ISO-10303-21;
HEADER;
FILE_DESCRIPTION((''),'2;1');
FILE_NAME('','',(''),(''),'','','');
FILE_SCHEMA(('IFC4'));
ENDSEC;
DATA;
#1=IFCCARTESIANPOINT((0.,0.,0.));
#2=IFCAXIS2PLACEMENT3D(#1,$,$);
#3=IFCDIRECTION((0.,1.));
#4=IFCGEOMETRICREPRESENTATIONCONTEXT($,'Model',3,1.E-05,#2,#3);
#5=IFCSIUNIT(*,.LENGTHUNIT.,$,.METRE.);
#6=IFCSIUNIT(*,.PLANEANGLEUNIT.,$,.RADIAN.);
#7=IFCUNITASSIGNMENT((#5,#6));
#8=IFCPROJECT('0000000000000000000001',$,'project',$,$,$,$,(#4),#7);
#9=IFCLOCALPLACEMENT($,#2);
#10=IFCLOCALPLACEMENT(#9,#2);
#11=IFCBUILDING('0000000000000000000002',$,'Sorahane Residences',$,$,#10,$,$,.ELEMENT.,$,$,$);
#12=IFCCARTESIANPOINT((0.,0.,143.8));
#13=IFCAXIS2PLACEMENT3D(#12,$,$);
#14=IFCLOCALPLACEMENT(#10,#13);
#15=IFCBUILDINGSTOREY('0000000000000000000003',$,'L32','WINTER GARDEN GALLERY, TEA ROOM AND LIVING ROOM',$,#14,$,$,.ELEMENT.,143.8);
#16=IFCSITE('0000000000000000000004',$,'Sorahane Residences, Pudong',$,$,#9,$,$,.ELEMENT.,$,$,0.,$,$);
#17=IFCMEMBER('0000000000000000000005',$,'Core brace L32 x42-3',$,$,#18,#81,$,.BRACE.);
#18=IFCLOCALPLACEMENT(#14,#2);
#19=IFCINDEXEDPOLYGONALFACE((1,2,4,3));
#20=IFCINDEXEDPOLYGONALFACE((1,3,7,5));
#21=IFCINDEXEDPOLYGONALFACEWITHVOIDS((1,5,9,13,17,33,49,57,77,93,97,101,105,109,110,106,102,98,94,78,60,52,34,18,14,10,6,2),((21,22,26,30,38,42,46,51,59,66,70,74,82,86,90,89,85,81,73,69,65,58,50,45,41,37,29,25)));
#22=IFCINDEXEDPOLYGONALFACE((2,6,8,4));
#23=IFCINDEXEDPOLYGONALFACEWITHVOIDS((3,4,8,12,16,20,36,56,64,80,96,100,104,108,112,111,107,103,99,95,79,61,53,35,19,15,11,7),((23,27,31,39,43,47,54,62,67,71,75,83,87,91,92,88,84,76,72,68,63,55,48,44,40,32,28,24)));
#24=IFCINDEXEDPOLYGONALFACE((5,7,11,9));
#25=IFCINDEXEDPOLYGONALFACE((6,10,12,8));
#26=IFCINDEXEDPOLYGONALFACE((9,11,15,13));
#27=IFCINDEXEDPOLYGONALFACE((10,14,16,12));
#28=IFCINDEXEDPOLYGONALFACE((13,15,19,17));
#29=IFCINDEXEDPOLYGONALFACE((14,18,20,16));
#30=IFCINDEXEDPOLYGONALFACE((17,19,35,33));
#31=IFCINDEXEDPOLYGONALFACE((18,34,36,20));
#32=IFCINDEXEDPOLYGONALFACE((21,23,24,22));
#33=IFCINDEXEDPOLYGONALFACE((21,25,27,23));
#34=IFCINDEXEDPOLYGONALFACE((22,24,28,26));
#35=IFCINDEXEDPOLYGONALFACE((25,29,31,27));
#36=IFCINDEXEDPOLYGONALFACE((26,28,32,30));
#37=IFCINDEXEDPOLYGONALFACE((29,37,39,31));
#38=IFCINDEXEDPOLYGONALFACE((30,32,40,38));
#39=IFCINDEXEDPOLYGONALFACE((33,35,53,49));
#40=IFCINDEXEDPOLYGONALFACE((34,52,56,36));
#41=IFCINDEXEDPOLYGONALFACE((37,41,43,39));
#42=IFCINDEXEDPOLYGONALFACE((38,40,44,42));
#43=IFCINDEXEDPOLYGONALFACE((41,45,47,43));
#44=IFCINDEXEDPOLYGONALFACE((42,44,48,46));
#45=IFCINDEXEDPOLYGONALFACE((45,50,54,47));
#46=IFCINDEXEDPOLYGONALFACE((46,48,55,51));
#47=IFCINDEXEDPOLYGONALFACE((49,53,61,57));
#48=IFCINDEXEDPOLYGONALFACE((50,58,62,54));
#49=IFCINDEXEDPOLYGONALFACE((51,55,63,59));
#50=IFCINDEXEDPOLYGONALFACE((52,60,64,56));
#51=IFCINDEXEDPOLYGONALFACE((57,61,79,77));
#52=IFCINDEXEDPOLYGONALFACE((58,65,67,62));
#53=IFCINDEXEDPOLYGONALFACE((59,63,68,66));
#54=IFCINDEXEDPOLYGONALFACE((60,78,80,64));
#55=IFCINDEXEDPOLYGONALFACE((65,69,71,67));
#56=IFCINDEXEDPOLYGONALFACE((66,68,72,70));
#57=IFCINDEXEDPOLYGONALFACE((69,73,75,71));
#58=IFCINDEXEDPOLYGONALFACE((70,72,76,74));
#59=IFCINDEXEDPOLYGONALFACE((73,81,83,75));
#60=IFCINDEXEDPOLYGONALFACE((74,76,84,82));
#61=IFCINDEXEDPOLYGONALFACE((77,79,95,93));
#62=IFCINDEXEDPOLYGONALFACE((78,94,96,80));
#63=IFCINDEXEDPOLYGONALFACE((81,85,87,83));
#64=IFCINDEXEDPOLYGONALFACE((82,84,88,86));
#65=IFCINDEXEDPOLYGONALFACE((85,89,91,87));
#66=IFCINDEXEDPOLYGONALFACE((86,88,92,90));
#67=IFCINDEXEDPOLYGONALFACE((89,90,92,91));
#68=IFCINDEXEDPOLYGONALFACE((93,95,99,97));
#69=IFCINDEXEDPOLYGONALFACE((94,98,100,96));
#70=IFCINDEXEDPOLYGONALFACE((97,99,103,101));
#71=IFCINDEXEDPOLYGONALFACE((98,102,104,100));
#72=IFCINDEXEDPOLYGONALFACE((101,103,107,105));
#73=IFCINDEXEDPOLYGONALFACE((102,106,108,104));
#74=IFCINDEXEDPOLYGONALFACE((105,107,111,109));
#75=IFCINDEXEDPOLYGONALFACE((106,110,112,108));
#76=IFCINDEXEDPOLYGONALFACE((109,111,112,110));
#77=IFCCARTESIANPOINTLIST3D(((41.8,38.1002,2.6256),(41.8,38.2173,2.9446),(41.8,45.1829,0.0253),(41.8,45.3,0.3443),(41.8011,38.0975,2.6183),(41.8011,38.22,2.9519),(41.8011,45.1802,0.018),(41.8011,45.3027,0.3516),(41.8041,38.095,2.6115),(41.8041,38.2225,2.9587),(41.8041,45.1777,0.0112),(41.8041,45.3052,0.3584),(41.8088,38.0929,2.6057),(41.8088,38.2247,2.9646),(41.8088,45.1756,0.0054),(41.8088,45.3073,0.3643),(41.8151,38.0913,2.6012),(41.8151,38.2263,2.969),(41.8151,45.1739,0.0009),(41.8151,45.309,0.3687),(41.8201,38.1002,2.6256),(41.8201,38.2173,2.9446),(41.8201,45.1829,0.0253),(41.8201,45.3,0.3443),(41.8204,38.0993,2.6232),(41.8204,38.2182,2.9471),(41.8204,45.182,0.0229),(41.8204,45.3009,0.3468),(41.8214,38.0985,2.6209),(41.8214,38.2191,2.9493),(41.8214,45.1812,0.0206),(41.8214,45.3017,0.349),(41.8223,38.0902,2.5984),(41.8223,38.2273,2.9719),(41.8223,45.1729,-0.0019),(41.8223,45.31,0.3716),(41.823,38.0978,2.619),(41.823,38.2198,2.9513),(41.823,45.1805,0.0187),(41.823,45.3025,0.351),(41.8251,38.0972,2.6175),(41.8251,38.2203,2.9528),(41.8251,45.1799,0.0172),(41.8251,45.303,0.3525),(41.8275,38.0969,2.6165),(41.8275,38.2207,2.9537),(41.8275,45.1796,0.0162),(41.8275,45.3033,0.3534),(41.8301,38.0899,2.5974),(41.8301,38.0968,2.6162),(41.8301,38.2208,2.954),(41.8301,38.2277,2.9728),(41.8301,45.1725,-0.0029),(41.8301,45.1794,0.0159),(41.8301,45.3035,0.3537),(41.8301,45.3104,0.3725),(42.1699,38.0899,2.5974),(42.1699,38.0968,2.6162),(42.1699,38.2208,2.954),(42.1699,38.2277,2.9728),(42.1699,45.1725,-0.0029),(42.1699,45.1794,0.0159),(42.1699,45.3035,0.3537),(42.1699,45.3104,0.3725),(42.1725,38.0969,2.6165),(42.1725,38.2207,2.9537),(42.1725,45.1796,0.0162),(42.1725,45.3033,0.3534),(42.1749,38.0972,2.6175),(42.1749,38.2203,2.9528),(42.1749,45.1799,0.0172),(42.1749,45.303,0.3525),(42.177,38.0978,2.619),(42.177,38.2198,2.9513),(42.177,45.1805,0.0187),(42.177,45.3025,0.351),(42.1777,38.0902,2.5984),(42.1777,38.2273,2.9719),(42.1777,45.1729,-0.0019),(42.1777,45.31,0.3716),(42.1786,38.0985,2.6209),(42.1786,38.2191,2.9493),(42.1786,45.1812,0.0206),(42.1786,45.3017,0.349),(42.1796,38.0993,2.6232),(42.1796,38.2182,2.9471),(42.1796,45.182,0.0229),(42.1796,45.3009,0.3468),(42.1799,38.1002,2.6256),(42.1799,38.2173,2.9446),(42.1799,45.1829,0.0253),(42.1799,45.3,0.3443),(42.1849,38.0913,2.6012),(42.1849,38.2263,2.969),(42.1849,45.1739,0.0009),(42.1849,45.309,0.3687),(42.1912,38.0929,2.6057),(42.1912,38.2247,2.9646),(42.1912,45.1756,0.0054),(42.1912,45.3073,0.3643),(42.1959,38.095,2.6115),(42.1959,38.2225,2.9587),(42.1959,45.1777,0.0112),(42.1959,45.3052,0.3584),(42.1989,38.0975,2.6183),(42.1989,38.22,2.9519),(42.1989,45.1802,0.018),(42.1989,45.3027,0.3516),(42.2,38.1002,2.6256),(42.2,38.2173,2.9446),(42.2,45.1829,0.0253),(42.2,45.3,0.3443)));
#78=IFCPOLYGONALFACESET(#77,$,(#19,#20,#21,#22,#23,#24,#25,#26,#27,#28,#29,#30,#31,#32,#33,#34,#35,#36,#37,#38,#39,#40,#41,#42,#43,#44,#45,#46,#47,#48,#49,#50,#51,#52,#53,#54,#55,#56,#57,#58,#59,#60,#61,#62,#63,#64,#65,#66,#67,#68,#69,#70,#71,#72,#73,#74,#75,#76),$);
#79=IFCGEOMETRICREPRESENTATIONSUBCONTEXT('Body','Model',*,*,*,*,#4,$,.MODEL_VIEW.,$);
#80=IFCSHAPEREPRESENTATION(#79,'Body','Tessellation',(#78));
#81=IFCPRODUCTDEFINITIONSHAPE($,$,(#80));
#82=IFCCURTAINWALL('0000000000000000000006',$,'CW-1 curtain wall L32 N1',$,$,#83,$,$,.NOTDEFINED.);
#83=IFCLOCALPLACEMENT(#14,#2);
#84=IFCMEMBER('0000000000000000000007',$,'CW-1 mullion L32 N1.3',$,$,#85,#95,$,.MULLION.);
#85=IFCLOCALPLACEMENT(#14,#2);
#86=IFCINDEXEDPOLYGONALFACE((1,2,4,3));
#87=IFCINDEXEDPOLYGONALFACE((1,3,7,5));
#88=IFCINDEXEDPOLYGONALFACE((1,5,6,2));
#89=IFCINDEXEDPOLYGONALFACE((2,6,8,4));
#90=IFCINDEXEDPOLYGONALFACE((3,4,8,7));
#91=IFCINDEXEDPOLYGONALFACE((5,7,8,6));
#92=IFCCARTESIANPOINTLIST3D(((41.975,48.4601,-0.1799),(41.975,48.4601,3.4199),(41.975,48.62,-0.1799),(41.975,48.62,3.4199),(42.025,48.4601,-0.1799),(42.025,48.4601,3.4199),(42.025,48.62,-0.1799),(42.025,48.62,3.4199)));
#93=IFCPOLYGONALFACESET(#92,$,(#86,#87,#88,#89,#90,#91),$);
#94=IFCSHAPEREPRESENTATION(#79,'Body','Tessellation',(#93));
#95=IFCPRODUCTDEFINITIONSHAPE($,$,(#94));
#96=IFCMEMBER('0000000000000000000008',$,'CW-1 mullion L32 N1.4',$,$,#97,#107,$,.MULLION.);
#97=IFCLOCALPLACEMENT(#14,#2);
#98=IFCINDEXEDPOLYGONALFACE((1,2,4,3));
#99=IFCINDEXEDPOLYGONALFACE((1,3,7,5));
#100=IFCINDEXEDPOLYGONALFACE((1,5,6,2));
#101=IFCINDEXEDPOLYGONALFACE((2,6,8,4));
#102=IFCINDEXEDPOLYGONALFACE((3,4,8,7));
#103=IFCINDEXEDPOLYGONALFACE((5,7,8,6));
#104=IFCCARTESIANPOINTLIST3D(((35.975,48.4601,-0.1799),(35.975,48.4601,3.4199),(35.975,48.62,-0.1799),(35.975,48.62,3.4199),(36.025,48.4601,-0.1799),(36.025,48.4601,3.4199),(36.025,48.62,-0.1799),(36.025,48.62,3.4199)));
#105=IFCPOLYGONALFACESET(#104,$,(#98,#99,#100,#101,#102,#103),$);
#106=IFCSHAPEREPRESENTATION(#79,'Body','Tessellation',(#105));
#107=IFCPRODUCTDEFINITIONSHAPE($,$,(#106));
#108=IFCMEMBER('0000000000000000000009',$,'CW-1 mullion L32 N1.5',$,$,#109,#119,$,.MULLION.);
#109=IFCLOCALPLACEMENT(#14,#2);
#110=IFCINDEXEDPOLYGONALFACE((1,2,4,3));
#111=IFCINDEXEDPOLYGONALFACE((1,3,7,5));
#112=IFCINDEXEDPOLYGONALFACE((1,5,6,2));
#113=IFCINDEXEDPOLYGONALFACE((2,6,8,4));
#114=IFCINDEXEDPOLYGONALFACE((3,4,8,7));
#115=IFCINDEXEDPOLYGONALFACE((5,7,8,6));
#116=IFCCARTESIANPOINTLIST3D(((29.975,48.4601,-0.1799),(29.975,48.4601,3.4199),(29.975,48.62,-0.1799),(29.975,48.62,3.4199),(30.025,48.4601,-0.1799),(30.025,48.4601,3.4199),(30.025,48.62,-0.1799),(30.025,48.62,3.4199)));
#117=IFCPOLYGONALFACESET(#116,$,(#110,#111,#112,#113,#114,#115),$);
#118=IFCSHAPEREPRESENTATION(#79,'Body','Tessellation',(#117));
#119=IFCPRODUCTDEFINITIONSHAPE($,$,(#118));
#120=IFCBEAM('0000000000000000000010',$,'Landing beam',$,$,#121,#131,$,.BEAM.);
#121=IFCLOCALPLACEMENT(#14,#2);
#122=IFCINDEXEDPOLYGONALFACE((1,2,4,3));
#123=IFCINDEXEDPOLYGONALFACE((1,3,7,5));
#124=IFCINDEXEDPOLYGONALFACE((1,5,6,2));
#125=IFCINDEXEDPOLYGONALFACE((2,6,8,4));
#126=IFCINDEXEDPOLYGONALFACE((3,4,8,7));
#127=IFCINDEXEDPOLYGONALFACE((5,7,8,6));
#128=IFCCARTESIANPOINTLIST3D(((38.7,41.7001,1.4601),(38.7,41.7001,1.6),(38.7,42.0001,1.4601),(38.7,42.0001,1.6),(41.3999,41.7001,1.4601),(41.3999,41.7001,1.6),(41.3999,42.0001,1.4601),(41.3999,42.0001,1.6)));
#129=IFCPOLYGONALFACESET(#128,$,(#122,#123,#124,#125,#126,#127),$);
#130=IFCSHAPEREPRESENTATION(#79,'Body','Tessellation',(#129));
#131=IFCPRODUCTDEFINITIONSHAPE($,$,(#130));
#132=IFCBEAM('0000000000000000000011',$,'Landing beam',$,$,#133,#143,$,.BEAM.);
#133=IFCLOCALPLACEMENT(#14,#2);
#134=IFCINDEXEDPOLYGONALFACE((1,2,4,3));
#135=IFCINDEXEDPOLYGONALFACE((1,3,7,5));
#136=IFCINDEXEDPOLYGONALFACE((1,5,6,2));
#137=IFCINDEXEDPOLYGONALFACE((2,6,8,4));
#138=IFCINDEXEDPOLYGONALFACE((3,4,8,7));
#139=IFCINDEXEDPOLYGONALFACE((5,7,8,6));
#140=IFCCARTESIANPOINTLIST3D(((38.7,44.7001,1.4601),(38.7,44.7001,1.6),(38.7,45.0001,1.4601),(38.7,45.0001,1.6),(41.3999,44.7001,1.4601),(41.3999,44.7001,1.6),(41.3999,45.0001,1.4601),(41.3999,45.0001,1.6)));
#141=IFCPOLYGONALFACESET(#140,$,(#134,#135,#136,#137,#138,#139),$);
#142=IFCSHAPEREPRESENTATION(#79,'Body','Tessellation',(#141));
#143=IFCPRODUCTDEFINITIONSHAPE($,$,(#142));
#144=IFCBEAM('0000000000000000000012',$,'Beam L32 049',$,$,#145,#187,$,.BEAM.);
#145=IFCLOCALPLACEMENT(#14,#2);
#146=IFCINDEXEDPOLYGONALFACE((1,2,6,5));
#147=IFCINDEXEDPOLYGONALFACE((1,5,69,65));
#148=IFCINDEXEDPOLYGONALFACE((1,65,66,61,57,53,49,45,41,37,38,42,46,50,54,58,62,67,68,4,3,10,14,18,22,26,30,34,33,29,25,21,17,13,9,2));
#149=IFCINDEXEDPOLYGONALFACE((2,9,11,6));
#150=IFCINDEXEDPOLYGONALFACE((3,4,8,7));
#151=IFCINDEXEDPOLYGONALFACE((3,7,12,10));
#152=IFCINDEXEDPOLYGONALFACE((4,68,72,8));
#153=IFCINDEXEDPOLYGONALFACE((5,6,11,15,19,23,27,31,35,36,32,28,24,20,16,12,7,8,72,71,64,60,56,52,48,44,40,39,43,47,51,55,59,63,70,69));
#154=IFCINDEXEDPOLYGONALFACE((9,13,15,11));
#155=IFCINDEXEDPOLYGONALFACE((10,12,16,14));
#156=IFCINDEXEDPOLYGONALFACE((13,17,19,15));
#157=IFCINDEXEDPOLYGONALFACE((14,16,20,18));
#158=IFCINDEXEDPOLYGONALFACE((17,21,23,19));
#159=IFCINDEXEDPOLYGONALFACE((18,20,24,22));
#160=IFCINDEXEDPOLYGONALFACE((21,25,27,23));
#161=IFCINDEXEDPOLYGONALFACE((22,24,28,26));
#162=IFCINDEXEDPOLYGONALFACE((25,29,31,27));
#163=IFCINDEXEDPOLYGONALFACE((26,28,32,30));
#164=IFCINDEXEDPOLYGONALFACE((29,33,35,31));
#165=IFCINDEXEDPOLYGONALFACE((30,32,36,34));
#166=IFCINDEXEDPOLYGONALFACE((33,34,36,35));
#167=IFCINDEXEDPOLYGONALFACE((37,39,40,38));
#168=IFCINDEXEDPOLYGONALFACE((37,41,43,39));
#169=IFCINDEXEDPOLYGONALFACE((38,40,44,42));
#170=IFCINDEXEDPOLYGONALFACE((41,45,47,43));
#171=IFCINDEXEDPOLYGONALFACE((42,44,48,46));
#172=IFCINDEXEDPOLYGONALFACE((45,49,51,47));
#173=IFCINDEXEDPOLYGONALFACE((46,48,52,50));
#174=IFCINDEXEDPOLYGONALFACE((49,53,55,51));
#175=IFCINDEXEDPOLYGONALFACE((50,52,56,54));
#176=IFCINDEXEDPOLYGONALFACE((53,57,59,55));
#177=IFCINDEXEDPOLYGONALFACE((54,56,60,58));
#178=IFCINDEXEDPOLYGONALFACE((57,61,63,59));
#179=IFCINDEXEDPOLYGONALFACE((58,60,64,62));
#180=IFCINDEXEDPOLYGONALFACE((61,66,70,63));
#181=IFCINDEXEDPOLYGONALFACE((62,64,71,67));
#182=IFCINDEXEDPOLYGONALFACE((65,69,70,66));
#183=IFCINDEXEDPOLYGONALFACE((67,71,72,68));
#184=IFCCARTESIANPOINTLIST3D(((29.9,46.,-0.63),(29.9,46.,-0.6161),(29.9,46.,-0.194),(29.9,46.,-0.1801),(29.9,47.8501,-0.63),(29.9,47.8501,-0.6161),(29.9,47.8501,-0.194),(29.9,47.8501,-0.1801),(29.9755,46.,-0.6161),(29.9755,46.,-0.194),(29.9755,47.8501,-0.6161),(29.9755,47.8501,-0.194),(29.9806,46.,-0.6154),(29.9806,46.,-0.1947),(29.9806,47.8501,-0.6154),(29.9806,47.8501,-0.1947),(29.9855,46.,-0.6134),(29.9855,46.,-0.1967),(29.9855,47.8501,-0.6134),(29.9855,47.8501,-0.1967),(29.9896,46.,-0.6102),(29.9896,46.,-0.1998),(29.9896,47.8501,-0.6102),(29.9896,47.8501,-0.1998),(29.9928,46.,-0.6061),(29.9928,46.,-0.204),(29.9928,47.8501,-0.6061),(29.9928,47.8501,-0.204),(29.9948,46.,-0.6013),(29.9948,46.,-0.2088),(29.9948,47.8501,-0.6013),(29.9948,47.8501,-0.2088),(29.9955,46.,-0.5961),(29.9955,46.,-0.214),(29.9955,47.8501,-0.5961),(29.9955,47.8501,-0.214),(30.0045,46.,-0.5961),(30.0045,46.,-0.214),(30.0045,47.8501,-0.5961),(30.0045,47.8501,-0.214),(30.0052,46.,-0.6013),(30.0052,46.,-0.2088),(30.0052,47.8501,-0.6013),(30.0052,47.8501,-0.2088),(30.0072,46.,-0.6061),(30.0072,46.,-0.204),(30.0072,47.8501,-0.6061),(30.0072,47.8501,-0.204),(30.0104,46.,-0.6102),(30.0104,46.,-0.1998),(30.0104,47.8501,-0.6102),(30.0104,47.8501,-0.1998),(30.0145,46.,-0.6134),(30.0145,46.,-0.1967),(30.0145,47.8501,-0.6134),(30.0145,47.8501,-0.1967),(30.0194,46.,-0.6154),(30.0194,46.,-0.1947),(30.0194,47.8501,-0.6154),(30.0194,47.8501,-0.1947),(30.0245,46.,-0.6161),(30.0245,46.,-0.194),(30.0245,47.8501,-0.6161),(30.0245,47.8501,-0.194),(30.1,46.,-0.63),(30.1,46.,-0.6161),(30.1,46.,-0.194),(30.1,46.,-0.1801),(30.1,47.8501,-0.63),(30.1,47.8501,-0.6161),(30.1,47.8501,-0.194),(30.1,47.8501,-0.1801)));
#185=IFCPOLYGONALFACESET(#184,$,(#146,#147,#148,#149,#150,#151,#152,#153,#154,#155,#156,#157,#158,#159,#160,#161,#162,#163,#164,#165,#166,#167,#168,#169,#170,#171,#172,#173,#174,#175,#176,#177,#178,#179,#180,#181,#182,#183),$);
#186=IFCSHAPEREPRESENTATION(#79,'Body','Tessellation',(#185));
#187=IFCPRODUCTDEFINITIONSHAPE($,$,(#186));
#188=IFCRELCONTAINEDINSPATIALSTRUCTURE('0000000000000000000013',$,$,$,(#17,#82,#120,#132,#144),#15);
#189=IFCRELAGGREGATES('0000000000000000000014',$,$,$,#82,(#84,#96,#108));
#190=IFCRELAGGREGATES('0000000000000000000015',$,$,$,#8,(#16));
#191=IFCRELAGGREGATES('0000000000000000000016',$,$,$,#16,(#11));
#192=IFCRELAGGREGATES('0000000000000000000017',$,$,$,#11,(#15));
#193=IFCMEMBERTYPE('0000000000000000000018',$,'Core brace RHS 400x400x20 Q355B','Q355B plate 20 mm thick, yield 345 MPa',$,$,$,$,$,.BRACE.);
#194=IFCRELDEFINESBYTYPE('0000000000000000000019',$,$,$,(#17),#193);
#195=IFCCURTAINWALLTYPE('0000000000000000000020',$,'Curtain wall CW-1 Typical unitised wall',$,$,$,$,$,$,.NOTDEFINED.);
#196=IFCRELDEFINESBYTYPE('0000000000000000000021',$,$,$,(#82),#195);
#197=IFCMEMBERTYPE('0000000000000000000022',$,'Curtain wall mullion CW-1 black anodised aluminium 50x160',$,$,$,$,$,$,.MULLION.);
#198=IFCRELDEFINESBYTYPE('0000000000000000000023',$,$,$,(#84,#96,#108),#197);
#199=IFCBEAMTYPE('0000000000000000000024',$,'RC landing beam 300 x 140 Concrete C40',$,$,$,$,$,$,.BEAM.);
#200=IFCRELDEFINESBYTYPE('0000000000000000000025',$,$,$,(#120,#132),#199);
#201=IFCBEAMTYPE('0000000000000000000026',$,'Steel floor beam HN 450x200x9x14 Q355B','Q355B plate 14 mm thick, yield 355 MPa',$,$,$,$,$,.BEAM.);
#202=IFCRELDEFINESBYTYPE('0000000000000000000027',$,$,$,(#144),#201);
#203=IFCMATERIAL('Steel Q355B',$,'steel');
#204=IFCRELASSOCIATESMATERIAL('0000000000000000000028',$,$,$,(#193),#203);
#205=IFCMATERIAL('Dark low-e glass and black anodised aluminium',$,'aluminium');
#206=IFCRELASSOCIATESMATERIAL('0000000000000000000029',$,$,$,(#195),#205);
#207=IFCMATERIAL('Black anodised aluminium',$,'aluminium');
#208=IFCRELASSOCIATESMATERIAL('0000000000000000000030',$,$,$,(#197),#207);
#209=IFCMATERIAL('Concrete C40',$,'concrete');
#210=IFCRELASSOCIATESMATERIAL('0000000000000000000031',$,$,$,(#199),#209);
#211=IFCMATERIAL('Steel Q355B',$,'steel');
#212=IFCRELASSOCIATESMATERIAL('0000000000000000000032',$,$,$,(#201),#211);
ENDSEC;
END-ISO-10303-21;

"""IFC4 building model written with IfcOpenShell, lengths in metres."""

from ifc_helpers import new_model, si_unit, direction, frame, origin, origin_2d, place, context, subcontext, project, spatial, rectangle, hollow_rectangle, i_section, extrude, material, material_profile, profile_set, type_object, element, aggregate, save


model = new_model("IFC4")

# Units and contexts
model_context = context("Model", 3, precision=1e-05, world=origin(), true_north=direction((0.0, 1.0)))
body_context = subcontext(model_context, "Body", "Model", "MODEL_VIEW")
ifc_project = project(units=[si_unit("LENGTHUNIT", "METRE"), si_unit("PLANEANGLEUNIT", "RADIAN")], contexts=[model_context])

# Site, building, storey
site_placement = place(None, origin())
site = spatial("IfcSite", under=ifc_project, at=site_placement, Name="Sorahane Residences, Pudong", CompositionType="ELEMENT", RefElevation=0.0)
building_placement = place(site_placement, origin())
building = spatial("IfcBuilding", under=site, at=building_placement, Name="Sorahane Residences", CompositionType="ELEMENT")
storey_placement = place(building_placement, frame((0.0, 0.0, 143.8)))
storey = spatial("IfcBuildingStorey", under=building, at=storey_placement, Name="L32", Description="WINTER GARDEN GALLERY, TEA ROOM AND LIVING ROOM", CompositionType="ELEMENT", Elevation=143.8)

# Member
ifc_material_1 = material(Name="Steel Q355B", Category="steel")
ifc_material_profile_1 = material_profile(ifc_material_1, hollow_rectangle(XDim=0.3999, YDim=0.3999, WallThickness=0.02, InnerFilletRadius=0.01, OuterFilletRadius=0.03, at=origin_2d()), Name="RHS 400x400x20")
ifc_profile_set_1 = profile_set([ifc_material_profile_1], Name="Steel Q355B")
member_type_1 = type_object("IfcMemberType", Name="Core brace RHS 400x400x20 Q355B", Description="Q355B plate 20 mm thick, yield 345 MPa", PredefinedType="BRACE", material=ifc_profile_set_1)
member_1_placement = place(storey_placement, frame((42.0, 45.2415, 0.1848), z_axis=(0.0, -0.938734, 0.344643), x_axis=(1.0, 0.0, 0.0)))
element("IfcMember", 1, at=member_1_placement, inside=storey, type_object=member_type_1, Name="Core brace L32 x42-3", PredefinedType="BRACE", context=body_context, shape_type="SweptSolid", body=[
    extrude(hollow_rectangle(XDim=0.3999, YDim=0.3999, WallThickness=0.02, InnerFilletRadius=0.01, OuterFilletRadius=0.03, at=origin_2d()), origin(), (0.0, 0.0, 1.0), 7.5449),
])

# Curtain wall, members
ifc_material_2 = material(Name="Dark low-e glass and black anodised aluminium", Category="aluminium")
curtain_wall_type = type_object("IfcCurtainWallType", Name="Curtain wall CW-1 Typical unitised wall", PredefinedType="NOTDEFINED", material=ifc_material_2)
curtain_wall_placement = place(storey_placement, origin())
curtain_wall = element("IfcCurtainWall", 2, at=curtain_wall_placement, inside=storey, type_object=curtain_wall_type, Name="CW-1 curtain wall L32 N1", PredefinedType="NOTDEFINED")
ifc_material_3 = material(Name="Black anodised aluminium", Category="aluminium")
ifc_material_profile_2 = material_profile(ifc_material_3, rectangle(XDim=0.1599, YDim=0.05, at=origin_2d()), Name="Curtain wall mullion CW-1 black anodised aluminium 50x160")
ifc_profile_set_2 = profile_set([ifc_material_profile_2], Name="Black anodised aluminium")
member_type_2 = type_object("IfcMemberType", Name="Curtain wall mullion CW-1 black anodised aluminium 50x160", PredefinedType="MULLION", material=ifc_profile_set_2)
member_2_placement = place(storey_placement, frame((42.0, 48.54, -0.1799), z_axis=(0.0, 0.0, 1.0), x_axis=(0.0, 1.0, 0.0)))
member_2 = element("IfcMember", 3, at=member_2_placement, type_object=member_type_2, Name="CW-1 mullion L32 N1.3", PredefinedType="MULLION", context=body_context, shape_type="SweptSolid", body=[
    extrude(rectangle(XDim=0.1599, YDim=0.05, at=origin_2d()), origin(), (0.0, 0.0, 1.0), 3.5999),
])
member_3_placement = place(storey_placement, frame((36.0, 48.54, -0.1799), z_axis=(0.0, 0.0, 1.0), x_axis=(0.0, 1.0, 0.0)))
member_3 = element("IfcMember", 4, at=member_3_placement, type_object=member_type_2, Name="CW-1 mullion L32 N1.4", PredefinedType="MULLION", context=body_context, shape_type="SweptSolid", body=[
    extrude(rectangle(XDim=0.1599, YDim=0.05, at=origin_2d()), origin(), (0.0, 0.0, 1.0), 3.5999),
])
member_4_placement = place(storey_placement, frame((30.0, 48.54, -0.1799), z_axis=(0.0, 0.0, 1.0), x_axis=(0.0, 1.0, 0.0)))
member_4 = element("IfcMember", 5, at=member_4_placement, type_object=member_type_2, Name="CW-1 mullion L32 N1.5", PredefinedType="MULLION", context=body_context, shape_type="SweptSolid", body=[
    extrude(rectangle(XDim=0.1599, YDim=0.05, at=origin_2d()), origin(), (0.0, 0.0, 1.0), 3.5999),
])

# Beams
ifc_material_4 = material(Name="Concrete C40", Category="concrete")
ifc_material_profile_3 = material_profile(ifc_material_4, rectangle(XDim=0.3, YDim=0.1399, at=origin_2d()), Name="300x140")
ifc_profile_set_3 = profile_set([ifc_material_profile_3], Name="Concrete C40")
beam_type_1 = type_object("IfcBeamType", Name="RC landing beam 300 x 140 Concrete C40", PredefinedType="BEAM", material=ifc_profile_set_3)
for number, where, z_axis, x_axis, name in (
    (6, (38.7, 41.8501, 1.53), (1.0, 0.0, 0.0), (0.0, 1.0, 0.0), "Landing beam"),
    (7, (38.7, 44.8501, 1.53), (1.0, 0.0, 0.0), (0.0, 1.0, 0.0), "Landing beam"),
):
    element("IfcBeam", number, at=place(storey_placement, frame(where, z_axis=z_axis, x_axis=x_axis)), inside=storey, type_object=beam_type_1, Name=name, PredefinedType="BEAM", context=body_context, shape_type="SweptSolid", body=[
        extrude(rectangle(XDim=0.3, YDim=0.1399, at=origin_2d()), origin(), (0.0, 0.0, 1.0), 2.7),
    ])
ifc_material_5 = material(Name="Steel Q355B", Category="steel")
ifc_material_profile_4 = material_profile(ifc_material_5, i_section(OverallWidth=0.2, OverallDepth=0.45, WebThickness=0.009, FlangeThickness=0.0139, FilletRadius=0.02, at=origin_2d()), Name="HN 450x200x9x14")
ifc_profile_set_4 = profile_set([ifc_material_profile_4], Name="Steel Q355B")
beam_type_2 = type_object("IfcBeamType", Name="Steel floor beam HN 450x200x9x14 Q355B", Description="Q355B plate 14 mm thick, yield 355 MPa", PredefinedType="BEAM", material=ifc_profile_set_4)
beam_1_placement = place(storey_placement, frame((30.0, 46.0, -0.405), z_axis=(0.0, 1.0, 0.0), x_axis=(-1.0, 0.0, 0.0)))
element("IfcBeam", 8, at=beam_1_placement, inside=storey, type_object=beam_type_2, Name="Beam L32 049", PredefinedType="BEAM", context=body_context, shape_type="SweptSolid", body=[
    extrude(i_section(OverallWidth=0.2, OverallDepth=0.45, WebThickness=0.009, FlangeThickness=0.0139, FilletRadius=0.02, at=origin_2d()), origin(), (0.0, 0.0, 1.0), 1.8501),
])

aggregate(curtain_wall, [member_2, member_3, member_4])

save(model, "model.ifc")
